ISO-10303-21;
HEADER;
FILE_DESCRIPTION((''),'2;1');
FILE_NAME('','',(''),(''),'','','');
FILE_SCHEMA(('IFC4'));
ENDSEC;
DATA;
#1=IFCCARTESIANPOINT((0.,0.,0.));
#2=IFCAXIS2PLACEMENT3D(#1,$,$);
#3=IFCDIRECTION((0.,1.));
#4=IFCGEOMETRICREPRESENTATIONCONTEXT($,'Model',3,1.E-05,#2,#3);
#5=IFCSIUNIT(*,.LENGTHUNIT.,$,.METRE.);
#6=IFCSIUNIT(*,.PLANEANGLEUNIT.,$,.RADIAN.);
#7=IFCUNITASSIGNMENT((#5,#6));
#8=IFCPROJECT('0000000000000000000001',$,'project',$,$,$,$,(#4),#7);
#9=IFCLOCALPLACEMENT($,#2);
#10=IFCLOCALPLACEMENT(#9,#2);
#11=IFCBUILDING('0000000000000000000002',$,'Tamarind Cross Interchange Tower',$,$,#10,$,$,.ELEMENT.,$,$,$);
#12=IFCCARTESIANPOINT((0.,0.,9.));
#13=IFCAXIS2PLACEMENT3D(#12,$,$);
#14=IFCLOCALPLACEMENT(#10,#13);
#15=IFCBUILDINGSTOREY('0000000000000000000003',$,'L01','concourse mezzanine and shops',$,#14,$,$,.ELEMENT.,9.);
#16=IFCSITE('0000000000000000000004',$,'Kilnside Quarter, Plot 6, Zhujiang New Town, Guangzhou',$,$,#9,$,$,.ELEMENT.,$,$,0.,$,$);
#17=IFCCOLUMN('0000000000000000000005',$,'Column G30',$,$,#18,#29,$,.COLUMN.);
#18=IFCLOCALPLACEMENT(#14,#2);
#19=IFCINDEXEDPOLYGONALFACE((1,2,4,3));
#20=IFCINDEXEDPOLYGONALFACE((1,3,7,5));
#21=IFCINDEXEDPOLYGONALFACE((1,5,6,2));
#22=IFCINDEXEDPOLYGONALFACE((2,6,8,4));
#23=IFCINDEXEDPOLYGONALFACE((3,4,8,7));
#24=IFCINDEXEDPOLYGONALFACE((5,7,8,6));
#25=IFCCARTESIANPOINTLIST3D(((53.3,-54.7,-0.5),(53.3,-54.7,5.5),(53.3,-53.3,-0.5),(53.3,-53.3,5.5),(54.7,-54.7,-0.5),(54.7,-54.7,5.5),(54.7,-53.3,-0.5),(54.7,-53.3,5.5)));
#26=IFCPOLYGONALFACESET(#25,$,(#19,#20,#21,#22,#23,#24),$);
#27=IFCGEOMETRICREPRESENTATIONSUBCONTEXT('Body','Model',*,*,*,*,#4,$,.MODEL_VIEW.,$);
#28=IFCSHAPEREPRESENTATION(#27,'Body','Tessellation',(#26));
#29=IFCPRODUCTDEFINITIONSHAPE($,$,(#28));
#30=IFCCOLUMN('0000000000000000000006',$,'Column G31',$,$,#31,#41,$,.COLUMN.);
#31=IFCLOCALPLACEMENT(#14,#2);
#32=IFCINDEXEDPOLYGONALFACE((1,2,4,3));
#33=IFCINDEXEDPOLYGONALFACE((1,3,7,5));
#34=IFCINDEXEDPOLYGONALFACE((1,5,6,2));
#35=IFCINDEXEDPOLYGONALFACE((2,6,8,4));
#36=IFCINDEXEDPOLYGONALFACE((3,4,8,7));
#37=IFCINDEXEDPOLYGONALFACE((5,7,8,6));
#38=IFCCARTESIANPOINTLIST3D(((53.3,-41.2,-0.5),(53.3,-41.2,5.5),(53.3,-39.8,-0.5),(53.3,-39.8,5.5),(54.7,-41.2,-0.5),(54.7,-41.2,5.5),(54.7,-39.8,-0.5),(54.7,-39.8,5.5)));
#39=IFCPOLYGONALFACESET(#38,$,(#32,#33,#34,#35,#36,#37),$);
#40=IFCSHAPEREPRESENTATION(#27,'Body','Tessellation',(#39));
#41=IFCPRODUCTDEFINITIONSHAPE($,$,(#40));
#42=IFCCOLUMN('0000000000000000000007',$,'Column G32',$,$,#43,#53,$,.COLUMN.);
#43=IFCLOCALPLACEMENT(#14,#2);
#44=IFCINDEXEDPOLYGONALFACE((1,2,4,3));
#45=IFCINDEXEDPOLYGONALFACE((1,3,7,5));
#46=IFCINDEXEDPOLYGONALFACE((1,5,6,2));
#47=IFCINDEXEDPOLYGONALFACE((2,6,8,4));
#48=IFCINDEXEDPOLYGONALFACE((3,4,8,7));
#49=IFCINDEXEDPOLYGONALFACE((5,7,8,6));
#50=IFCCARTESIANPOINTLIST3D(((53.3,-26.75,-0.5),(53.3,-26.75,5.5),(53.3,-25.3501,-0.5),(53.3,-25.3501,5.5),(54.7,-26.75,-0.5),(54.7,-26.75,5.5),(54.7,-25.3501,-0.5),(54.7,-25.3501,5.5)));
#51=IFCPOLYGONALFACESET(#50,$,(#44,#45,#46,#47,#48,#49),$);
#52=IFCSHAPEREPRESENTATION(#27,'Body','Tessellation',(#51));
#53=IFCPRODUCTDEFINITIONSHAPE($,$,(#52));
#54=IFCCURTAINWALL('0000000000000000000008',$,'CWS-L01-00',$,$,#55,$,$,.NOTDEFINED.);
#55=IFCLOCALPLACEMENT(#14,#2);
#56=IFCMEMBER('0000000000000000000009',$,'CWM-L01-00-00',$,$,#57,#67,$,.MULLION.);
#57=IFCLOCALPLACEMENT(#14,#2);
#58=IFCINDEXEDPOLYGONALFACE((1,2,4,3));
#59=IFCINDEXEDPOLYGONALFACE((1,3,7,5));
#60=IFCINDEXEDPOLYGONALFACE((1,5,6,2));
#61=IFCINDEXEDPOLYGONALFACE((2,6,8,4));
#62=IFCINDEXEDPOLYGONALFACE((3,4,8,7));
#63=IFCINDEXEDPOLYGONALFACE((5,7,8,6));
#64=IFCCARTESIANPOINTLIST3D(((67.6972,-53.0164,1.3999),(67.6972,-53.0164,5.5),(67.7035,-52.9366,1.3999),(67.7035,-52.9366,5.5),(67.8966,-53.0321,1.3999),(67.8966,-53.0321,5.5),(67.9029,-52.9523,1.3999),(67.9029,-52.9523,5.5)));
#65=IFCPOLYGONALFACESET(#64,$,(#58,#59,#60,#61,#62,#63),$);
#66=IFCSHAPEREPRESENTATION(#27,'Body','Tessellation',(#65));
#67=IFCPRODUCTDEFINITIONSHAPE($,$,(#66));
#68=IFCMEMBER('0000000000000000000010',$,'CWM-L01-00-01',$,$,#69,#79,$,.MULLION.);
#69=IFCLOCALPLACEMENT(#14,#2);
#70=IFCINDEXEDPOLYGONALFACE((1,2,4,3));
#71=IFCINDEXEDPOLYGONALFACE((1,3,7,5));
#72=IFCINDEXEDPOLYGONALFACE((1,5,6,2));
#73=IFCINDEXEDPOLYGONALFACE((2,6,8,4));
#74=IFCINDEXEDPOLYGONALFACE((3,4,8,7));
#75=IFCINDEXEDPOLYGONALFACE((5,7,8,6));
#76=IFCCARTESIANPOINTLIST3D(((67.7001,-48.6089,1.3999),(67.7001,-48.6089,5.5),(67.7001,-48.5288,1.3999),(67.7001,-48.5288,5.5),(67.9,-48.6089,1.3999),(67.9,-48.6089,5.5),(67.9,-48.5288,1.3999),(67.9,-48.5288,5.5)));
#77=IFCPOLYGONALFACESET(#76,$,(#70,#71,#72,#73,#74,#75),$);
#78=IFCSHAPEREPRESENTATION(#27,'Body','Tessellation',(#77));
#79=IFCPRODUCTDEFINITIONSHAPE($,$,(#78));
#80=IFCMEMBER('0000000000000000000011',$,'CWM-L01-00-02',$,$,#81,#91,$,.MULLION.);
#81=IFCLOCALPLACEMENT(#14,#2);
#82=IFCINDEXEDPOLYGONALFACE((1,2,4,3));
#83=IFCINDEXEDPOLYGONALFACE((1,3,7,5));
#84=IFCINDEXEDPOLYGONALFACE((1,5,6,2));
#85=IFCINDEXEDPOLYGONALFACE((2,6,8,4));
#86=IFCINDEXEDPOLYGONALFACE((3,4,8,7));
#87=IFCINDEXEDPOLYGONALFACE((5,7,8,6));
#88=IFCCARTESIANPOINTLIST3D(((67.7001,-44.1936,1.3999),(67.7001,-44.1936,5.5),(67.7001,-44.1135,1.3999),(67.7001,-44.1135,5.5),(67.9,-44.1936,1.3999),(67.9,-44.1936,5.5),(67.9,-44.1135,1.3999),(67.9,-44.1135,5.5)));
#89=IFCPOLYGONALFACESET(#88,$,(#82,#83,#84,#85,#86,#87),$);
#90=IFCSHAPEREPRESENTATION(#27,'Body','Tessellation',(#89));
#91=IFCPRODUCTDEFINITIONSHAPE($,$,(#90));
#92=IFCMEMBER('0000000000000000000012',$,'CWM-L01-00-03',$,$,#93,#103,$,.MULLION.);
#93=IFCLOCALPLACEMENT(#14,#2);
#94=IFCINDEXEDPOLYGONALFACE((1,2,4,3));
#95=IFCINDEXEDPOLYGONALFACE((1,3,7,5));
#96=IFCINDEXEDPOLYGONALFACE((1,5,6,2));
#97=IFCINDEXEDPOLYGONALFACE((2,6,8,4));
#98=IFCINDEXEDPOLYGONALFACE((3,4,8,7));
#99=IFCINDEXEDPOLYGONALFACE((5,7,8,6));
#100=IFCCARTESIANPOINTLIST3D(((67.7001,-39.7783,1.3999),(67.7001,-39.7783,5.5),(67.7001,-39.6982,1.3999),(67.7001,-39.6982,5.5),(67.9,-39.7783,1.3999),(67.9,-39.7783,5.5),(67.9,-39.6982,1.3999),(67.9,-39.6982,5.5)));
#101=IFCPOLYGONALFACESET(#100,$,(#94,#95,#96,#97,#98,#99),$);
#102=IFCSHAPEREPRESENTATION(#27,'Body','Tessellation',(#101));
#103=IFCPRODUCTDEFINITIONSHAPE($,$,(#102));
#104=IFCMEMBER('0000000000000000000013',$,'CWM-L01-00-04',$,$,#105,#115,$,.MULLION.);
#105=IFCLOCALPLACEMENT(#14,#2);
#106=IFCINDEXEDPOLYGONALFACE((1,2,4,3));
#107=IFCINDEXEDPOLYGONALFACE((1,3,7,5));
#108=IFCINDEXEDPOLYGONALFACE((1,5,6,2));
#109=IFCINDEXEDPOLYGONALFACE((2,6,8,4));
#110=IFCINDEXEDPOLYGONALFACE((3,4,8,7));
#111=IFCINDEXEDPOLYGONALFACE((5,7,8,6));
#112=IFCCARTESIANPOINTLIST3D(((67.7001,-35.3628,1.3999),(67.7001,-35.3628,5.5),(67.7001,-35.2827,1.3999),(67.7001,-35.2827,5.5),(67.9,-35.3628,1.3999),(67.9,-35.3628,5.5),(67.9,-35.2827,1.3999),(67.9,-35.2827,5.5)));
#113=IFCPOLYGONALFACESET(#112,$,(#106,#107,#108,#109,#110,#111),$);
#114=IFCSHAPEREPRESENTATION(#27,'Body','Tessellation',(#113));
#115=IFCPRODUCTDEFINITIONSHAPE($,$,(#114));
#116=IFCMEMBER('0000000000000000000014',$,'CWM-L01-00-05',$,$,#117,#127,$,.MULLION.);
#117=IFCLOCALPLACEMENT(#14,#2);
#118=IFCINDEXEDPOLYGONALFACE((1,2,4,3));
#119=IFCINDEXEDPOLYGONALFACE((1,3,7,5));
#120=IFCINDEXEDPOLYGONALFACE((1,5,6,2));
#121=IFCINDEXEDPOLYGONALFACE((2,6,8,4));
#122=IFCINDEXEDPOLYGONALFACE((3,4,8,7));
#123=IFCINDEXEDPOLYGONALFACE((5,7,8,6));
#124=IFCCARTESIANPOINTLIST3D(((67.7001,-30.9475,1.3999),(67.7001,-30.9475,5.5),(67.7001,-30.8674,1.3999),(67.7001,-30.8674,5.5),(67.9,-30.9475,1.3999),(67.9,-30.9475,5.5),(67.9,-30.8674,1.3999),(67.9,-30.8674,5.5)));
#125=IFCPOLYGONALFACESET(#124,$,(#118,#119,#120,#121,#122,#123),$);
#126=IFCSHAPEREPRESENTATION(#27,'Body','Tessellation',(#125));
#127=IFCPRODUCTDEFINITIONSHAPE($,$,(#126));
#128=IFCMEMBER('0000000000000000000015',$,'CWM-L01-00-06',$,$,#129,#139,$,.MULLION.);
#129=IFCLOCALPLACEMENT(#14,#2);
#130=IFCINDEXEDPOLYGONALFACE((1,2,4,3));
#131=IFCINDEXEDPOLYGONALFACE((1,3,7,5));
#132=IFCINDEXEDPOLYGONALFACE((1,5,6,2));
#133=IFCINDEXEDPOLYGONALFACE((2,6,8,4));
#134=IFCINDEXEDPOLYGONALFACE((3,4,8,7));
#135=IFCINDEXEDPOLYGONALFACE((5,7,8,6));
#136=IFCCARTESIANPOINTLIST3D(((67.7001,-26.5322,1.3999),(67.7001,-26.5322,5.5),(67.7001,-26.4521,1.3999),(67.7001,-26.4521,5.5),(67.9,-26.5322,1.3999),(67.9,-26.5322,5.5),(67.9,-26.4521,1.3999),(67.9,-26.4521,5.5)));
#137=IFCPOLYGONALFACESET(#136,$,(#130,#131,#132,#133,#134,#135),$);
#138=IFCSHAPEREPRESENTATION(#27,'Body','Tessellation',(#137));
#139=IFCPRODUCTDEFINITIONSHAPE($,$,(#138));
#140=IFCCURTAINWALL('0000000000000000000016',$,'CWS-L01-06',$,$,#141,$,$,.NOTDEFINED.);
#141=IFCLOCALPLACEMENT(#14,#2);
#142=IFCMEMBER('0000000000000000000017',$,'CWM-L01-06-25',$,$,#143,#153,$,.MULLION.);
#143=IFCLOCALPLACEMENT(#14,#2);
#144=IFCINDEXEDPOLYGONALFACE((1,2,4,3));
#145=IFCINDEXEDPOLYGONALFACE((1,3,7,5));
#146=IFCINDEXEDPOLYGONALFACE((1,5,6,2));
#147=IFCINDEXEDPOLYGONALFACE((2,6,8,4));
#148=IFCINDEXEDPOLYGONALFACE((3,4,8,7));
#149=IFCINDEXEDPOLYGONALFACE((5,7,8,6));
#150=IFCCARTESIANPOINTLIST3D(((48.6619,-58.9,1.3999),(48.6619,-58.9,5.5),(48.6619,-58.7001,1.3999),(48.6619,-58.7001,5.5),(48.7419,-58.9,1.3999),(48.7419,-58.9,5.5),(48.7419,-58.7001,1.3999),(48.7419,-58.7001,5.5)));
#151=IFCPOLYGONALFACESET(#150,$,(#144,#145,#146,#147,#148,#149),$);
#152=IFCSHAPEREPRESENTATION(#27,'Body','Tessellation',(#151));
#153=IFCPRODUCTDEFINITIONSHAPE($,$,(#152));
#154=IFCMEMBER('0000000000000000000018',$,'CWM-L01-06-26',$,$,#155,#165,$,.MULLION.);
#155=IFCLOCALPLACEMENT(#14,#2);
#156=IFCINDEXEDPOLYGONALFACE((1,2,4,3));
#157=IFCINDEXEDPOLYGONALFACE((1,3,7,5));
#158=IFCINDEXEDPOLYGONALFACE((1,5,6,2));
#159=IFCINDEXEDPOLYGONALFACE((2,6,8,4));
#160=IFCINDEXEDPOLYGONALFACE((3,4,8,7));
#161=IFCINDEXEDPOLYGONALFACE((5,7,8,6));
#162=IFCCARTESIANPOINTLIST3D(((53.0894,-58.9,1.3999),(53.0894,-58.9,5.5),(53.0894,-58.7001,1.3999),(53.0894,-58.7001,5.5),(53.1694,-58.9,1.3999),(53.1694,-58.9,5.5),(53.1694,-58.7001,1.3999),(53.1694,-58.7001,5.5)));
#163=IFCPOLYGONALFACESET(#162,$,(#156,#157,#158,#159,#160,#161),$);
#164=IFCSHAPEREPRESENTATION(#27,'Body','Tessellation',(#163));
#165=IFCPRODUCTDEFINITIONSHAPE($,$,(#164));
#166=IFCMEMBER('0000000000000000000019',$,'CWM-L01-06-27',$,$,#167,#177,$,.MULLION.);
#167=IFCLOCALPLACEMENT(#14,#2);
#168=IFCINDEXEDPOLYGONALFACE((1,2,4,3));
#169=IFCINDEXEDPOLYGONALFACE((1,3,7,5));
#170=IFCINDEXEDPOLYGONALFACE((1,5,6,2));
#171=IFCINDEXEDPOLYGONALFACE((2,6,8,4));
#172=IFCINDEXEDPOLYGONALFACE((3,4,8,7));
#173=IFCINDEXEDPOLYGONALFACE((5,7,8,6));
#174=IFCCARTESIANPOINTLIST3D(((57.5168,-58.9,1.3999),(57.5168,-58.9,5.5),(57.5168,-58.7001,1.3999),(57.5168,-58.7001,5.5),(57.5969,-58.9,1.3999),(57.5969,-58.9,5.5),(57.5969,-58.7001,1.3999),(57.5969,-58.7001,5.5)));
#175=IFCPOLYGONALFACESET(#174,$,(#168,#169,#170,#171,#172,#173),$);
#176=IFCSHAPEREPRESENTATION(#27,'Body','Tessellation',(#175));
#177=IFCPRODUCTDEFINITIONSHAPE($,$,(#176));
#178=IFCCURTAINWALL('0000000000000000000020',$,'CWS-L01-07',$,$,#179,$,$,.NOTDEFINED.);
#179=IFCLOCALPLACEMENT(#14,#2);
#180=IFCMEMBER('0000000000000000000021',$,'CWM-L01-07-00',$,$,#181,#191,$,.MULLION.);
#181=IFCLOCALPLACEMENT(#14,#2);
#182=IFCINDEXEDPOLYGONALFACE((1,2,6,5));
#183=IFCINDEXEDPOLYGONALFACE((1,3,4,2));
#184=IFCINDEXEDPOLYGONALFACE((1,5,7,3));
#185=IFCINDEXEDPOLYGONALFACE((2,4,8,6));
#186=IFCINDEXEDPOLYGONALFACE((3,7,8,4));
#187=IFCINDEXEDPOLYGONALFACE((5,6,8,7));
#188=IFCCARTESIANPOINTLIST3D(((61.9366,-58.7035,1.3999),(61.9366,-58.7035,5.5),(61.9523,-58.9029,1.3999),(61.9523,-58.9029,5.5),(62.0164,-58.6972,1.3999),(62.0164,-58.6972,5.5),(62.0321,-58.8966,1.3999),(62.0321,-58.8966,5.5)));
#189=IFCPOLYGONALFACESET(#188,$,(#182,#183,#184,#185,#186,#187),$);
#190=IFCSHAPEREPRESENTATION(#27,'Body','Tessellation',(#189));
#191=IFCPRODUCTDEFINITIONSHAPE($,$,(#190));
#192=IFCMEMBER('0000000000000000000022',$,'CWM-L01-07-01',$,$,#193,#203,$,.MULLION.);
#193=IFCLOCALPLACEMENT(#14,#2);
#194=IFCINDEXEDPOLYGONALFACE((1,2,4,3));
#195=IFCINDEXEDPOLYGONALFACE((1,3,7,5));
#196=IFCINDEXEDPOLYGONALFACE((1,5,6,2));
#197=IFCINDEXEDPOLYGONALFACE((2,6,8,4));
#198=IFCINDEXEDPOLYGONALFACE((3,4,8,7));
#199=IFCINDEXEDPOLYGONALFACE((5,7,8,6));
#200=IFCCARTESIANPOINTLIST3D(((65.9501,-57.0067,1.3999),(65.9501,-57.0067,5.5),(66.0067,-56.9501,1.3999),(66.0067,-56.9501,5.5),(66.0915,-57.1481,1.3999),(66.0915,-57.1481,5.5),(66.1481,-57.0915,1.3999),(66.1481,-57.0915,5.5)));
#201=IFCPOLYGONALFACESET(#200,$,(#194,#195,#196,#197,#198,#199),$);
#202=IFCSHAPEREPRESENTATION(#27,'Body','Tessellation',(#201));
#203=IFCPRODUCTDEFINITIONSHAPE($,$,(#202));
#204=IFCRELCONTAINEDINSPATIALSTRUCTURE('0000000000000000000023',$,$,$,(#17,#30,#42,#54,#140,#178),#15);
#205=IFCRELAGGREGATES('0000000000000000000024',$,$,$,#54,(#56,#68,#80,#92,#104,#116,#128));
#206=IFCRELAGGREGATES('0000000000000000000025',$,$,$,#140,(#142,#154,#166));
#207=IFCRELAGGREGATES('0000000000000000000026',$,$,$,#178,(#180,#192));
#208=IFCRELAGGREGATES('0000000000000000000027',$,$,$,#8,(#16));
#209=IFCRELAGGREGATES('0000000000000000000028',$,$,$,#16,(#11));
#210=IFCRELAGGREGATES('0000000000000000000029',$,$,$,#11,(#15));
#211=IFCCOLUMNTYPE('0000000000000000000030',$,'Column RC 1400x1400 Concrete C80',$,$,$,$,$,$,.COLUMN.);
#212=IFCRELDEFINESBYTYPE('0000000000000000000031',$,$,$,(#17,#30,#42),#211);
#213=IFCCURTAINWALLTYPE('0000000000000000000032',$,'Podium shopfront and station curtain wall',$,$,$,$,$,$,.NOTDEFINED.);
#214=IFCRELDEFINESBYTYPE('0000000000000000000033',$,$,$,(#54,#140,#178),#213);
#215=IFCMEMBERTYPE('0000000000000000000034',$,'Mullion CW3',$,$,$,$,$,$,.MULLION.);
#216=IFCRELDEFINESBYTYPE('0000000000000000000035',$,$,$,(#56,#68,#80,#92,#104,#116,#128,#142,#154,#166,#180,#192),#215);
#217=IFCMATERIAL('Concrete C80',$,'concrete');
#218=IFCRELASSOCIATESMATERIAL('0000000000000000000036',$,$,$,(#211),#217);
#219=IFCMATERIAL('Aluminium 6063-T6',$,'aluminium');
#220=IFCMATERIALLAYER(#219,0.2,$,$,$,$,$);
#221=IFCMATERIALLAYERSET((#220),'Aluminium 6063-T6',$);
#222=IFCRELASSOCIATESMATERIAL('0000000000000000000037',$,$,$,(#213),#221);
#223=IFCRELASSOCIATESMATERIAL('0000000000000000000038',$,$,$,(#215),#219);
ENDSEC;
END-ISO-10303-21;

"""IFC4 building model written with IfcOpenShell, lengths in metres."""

from ifc_helpers import new_model, si_unit, direction, frame, origin, origin_2d, place, context, subcontext, project, spatial, rectangle, extrude, material, layer, layer_set, material_profile, profile_set, type_object, element, aggregate, save


model = new_model("IFC4")

# Units and contexts
model_context = context("Model", 3, precision=1e-05, world=origin(), true_north=direction((0.0, 1.0)))
body_context = subcontext(model_context, "Body", "Model", "MODEL_VIEW")
ifc_project = project(units=[si_unit("LENGTHUNIT", "METRE"), si_unit("PLANEANGLEUNIT", "RADIAN")], contexts=[model_context])

# Site, building, storey
site_placement = place(None, origin())
site = spatial("IfcSite", under=ifc_project, at=site_placement, Name="Kilnside Quarter, Plot 6, Zhujiang New Town, Guangzhou", CompositionType="ELEMENT", RefElevation=0.0)
building_placement = place(site_placement, origin())
building = spatial("IfcBuilding", under=site, at=building_placement, Name="Tamarind Cross Interchange Tower", CompositionType="ELEMENT")
storey_placement = place(building_placement, frame((0.0, 0.0, 9.0)))
storey = spatial("IfcBuildingStorey", under=building, at=storey_placement, Name="L01", Description="concourse mezzanine and shops", CompositionType="ELEMENT", Elevation=9.0)

# Columns
ifc_material_1 = material(Name="Concrete C80", Category="concrete")
ifc_material_profile_1 = material_profile(ifc_material_1, rectangle(XDim=1.3999, YDim=1.3999, at=origin_2d()), Name="RC 1400x1400")
ifc_profile_set_1 = profile_set([ifc_material_profile_1], Name="Concrete C80")
column_type = type_object("IfcColumnType", Name="Column RC 1400x1400 Concrete C80", PredefinedType="COLUMN", material=ifc_profile_set_1)
for number, where, z_axis, x_axis, name in (
    (1, (54.0, -54.0, -0.5), (0.0, 0.0, 1.0), (1.0, 0.0, 0.0), "Column G30"),
    (2, (54.0, -40.5, -0.5), (0.0, 0.0, 1.0), (1.0, 0.0, 0.0), "Column G31"),
    (3, (54.0, -26.05, -0.5), (0.0, 0.0, 1.0), (1.0, 0.0, 0.0), "Column G32"),
):
    element("IfcColumn", number, at=place(storey_placement, frame(where, z_axis=z_axis, x_axis=x_axis)), inside=storey, type_object=column_type, Name=name, PredefinedType="COLUMN", context=body_context, shape_type="SweptSolid", body=[
        extrude(rectangle(XDim=1.3999, YDim=1.3999, at=origin_2d()), origin(), (0.0, 0.0, 1.0), 6.0),
    ])

# Curtain walls, members
ifc_material_2 = material(Name="Aluminium 6063-T6", Category="aluminium")
ifc_layer_1 = layer(ifc_material_2, 0.2)
ifc_layer_set_1 = layer_set([ifc_layer_1], Name="Aluminium 6063-T6")
curtain_wall_type = type_object("IfcCurtainWallType", Name="Podium shopfront and station curtain wall", PredefinedType="NOTDEFINED", material=ifc_layer_set_1)
curtain_wall_1_placement = place(storey_placement, origin())
curtain_wall_1 = element("IfcCurtainWall", 4, at=curtain_wall_1_placement, inside=storey, type_object=curtain_wall_type, Name="CWS-L01-00", PredefinedType="NOTDEFINED")
ifc_material_profile_2 = material_profile(ifc_material_2, rectangle(XDim=0.0801, YDim=0.2, at=origin_2d()), Name="Mullion CW3")
ifc_profile_set_2 = profile_set([ifc_material_profile_2], Name="Aluminium 6063-T6")
member_type = type_object("IfcMemberType", Name="Mullion CW3", PredefinedType="MULLION", material=ifc_profile_set_2)
member_1_placement = place(storey_placement, frame((67.8, -52.9844, 1.3999), z_axis=(0.0, 0.0, 1.0), x_axis=(0.078459, 0.996917, 0.0)))
member_1 = element("IfcMember", 5, at=member_1_placement, type_object=member_type, Name="CWM-L01-00-00", PredefinedType="MULLION", context=body_context, shape_type="SweptSolid", body=[
    extrude(rectangle(XDim=0.0801, YDim=0.2, at=origin_2d()), origin(), (0.0, 0.0, 1.0), 4.1001),
])
member_2_placement = place(storey_placement, frame((67.8, -48.5688, 1.3999), z_axis=(0.0, 0.0, 1.0), x_axis=(0.0, 1.0, 0.0)))
member_2 = element("IfcMember", 6, at=member_2_placement, type_object=member_type, Name="CWM-L01-00-01", PredefinedType="MULLION", context=body_context, shape_type="SweptSolid", body=[
    extrude(rectangle(XDim=0.0801, YDim=0.2, at=origin_2d()), origin(), (0.0, 0.0, 1.0), 4.1001),
])
member_3_placement = place(storey_placement, frame((67.8, -44.1536, 1.3999), z_axis=(0.0, 0.0, 1.0), x_axis=(0.0, 1.0, 0.0)))
member_3 = element("IfcMember", 7, at=member_3_placement, type_object=member_type, Name="CWM-L01-00-02", PredefinedType="MULLION", context=body_context, shape_type="SweptSolid", body=[
    extrude(rectangle(XDim=0.0801, YDim=0.2, at=origin_2d()), origin(), (0.0, 0.0, 1.0), 4.1001),
])
member_4_placement = place(storey_placement, frame((67.8, -39.7383, 1.3999), z_axis=(0.0, 0.0, 1.0), x_axis=(0.0, 1.0, 0.0)))
member_4 = element("IfcMember", 8, at=member_4_placement, type_object=member_type, Name="CWM-L01-00-03", PredefinedType="MULLION", context=body_context, shape_type="SweptSolid", body=[
    extrude(rectangle(XDim=0.0801, YDim=0.2, at=origin_2d()), origin(), (0.0, 0.0, 1.0), 4.1001),
])
member_5_placement = place(storey_placement, frame((67.8, -35.3228, 1.3999), z_axis=(0.0, 0.0, 1.0), x_axis=(0.0, 1.0, 0.0)))
member_5 = element("IfcMember", 9, at=member_5_placement, type_object=member_type, Name="CWM-L01-00-04", PredefinedType="MULLION", context=body_context, shape_type="SweptSolid", body=[
    extrude(rectangle(XDim=0.0801, YDim=0.2, at=origin_2d()), origin(), (0.0, 0.0, 1.0), 4.1001),
])
member_6_placement = place(storey_placement, frame((67.8, -30.9075, 1.3999), z_axis=(0.0, 0.0, 1.0), x_axis=(0.0, 1.0, 0.0)))
member_6 = element("IfcMember", 10, at=member_6_placement, type_object=member_type, Name="CWM-L01-00-05", PredefinedType="MULLION", context=body_context, shape_type="SweptSolid", body=[
    extrude(rectangle(XDim=0.0801, YDim=0.2, at=origin_2d()), origin(), (0.0, 0.0, 1.0), 4.1001),
])
member_7_placement = place(storey_placement, frame((67.8, -26.4922, 1.3999), z_axis=(0.0, 0.0, 1.0), x_axis=(0.0, 1.0, 0.0)))
member_7 = element("IfcMember", 11, at=member_7_placement, type_object=member_type, Name="CWM-L01-00-06", PredefinedType="MULLION", context=body_context, shape_type="SweptSolid", body=[
    extrude(rectangle(XDim=0.0801, YDim=0.2, at=origin_2d()), origin(), (0.0, 0.0, 1.0), 4.1001),
])
aggregate(curtain_wall_1, [member_1, member_2, member_3, member_4, member_5, member_6, member_7])
curtain_wall_2_placement = place(storey_placement, origin())
curtain_wall_2 = element("IfcCurtainWall", 12, at=curtain_wall_2_placement, inside=storey, type_object=curtain_wall_type, Name="CWS-L01-06", PredefinedType="NOTDEFINED")
member_8_placement = place(storey_placement, frame((48.7019, -58.8, 1.3999), z_axis=(0.0, 0.0, 1.0), x_axis=(1.0, 0.0, 0.0)))
member_8 = element("IfcMember", 13, at=member_8_placement, type_object=member_type, Name="CWM-L01-06-25", PredefinedType="MULLION", context=body_context, shape_type="SweptSolid", body=[
    extrude(rectangle(XDim=0.0801, YDim=0.2, at=origin_2d()), origin(), (0.0, 0.0, 1.0), 4.1001),
])
member_9_placement = place(storey_placement, frame((53.1294, -58.8, 1.3999), z_axis=(0.0, 0.0, 1.0), x_axis=(1.0, 0.0, 0.0)))
member_9 = element("IfcMember", 14, at=member_9_placement, type_object=member_type, Name="CWM-L01-06-26", PredefinedType="MULLION", context=body_context, shape_type="SweptSolid", body=[
    extrude(rectangle(XDim=0.0801, YDim=0.2, at=origin_2d()), origin(), (0.0, 0.0, 1.0), 4.1001),
])
member_10_placement = place(storey_placement, frame((57.5569, -58.8, 1.3999), z_axis=(0.0, 0.0, 1.0), x_axis=(1.0, 0.0, 0.0)))
member_10 = element("IfcMember", 15, at=member_10_placement, type_object=member_type, Name="CWM-L01-06-27", PredefinedType="MULLION", context=body_context, shape_type="SweptSolid", body=[
    extrude(rectangle(XDim=0.0801, YDim=0.2, at=origin_2d()), origin(), (0.0, 0.0, 1.0), 4.1001),
])
aggregate(curtain_wall_2, [member_8, member_9, member_10])
curtain_wall_3_placement = place(storey_placement, origin())
curtain_wall_3 = element("IfcCurtainWall", 16, at=curtain_wall_3_placement, inside=storey, type_object=curtain_wall_type, Name="CWS-L01-07", PredefinedType="NOTDEFINED")
member_11_placement = place(storey_placement, frame((61.9844, -58.8, 1.3999), z_axis=(0.0, 0.0, 1.0), x_axis=(0.996917, 0.078459, 0.0)))
member_11 = element("IfcMember", 17, at=member_11_placement, type_object=member_type, Name="CWM-L01-07-00", PredefinedType="MULLION", context=body_context, shape_type="SweptSolid", body=[
    extrude(rectangle(XDim=0.0801, YDim=0.2, at=origin_2d()), origin(), (0.0, 0.0, 1.0), 4.1001),
])
member_12_placement = place(storey_placement, frame((66.0491, -57.0491, 1.3999), z_axis=(0.0, 0.0, 1.0), x_axis=(0.707107, 0.707107, 0.0)))
member_12 = element("IfcMember", 18, at=member_12_placement, type_object=member_type, Name="CWM-L01-07-01", PredefinedType="MULLION", context=body_context, shape_type="SweptSolid", body=[
    extrude(rectangle(XDim=0.0801, YDim=0.2, at=origin_2d()), origin(), (0.0, 0.0, 1.0), 4.1001),
])
aggregate(curtain_wall_3, [member_11, member_12])

save(model, "model.ifc")
